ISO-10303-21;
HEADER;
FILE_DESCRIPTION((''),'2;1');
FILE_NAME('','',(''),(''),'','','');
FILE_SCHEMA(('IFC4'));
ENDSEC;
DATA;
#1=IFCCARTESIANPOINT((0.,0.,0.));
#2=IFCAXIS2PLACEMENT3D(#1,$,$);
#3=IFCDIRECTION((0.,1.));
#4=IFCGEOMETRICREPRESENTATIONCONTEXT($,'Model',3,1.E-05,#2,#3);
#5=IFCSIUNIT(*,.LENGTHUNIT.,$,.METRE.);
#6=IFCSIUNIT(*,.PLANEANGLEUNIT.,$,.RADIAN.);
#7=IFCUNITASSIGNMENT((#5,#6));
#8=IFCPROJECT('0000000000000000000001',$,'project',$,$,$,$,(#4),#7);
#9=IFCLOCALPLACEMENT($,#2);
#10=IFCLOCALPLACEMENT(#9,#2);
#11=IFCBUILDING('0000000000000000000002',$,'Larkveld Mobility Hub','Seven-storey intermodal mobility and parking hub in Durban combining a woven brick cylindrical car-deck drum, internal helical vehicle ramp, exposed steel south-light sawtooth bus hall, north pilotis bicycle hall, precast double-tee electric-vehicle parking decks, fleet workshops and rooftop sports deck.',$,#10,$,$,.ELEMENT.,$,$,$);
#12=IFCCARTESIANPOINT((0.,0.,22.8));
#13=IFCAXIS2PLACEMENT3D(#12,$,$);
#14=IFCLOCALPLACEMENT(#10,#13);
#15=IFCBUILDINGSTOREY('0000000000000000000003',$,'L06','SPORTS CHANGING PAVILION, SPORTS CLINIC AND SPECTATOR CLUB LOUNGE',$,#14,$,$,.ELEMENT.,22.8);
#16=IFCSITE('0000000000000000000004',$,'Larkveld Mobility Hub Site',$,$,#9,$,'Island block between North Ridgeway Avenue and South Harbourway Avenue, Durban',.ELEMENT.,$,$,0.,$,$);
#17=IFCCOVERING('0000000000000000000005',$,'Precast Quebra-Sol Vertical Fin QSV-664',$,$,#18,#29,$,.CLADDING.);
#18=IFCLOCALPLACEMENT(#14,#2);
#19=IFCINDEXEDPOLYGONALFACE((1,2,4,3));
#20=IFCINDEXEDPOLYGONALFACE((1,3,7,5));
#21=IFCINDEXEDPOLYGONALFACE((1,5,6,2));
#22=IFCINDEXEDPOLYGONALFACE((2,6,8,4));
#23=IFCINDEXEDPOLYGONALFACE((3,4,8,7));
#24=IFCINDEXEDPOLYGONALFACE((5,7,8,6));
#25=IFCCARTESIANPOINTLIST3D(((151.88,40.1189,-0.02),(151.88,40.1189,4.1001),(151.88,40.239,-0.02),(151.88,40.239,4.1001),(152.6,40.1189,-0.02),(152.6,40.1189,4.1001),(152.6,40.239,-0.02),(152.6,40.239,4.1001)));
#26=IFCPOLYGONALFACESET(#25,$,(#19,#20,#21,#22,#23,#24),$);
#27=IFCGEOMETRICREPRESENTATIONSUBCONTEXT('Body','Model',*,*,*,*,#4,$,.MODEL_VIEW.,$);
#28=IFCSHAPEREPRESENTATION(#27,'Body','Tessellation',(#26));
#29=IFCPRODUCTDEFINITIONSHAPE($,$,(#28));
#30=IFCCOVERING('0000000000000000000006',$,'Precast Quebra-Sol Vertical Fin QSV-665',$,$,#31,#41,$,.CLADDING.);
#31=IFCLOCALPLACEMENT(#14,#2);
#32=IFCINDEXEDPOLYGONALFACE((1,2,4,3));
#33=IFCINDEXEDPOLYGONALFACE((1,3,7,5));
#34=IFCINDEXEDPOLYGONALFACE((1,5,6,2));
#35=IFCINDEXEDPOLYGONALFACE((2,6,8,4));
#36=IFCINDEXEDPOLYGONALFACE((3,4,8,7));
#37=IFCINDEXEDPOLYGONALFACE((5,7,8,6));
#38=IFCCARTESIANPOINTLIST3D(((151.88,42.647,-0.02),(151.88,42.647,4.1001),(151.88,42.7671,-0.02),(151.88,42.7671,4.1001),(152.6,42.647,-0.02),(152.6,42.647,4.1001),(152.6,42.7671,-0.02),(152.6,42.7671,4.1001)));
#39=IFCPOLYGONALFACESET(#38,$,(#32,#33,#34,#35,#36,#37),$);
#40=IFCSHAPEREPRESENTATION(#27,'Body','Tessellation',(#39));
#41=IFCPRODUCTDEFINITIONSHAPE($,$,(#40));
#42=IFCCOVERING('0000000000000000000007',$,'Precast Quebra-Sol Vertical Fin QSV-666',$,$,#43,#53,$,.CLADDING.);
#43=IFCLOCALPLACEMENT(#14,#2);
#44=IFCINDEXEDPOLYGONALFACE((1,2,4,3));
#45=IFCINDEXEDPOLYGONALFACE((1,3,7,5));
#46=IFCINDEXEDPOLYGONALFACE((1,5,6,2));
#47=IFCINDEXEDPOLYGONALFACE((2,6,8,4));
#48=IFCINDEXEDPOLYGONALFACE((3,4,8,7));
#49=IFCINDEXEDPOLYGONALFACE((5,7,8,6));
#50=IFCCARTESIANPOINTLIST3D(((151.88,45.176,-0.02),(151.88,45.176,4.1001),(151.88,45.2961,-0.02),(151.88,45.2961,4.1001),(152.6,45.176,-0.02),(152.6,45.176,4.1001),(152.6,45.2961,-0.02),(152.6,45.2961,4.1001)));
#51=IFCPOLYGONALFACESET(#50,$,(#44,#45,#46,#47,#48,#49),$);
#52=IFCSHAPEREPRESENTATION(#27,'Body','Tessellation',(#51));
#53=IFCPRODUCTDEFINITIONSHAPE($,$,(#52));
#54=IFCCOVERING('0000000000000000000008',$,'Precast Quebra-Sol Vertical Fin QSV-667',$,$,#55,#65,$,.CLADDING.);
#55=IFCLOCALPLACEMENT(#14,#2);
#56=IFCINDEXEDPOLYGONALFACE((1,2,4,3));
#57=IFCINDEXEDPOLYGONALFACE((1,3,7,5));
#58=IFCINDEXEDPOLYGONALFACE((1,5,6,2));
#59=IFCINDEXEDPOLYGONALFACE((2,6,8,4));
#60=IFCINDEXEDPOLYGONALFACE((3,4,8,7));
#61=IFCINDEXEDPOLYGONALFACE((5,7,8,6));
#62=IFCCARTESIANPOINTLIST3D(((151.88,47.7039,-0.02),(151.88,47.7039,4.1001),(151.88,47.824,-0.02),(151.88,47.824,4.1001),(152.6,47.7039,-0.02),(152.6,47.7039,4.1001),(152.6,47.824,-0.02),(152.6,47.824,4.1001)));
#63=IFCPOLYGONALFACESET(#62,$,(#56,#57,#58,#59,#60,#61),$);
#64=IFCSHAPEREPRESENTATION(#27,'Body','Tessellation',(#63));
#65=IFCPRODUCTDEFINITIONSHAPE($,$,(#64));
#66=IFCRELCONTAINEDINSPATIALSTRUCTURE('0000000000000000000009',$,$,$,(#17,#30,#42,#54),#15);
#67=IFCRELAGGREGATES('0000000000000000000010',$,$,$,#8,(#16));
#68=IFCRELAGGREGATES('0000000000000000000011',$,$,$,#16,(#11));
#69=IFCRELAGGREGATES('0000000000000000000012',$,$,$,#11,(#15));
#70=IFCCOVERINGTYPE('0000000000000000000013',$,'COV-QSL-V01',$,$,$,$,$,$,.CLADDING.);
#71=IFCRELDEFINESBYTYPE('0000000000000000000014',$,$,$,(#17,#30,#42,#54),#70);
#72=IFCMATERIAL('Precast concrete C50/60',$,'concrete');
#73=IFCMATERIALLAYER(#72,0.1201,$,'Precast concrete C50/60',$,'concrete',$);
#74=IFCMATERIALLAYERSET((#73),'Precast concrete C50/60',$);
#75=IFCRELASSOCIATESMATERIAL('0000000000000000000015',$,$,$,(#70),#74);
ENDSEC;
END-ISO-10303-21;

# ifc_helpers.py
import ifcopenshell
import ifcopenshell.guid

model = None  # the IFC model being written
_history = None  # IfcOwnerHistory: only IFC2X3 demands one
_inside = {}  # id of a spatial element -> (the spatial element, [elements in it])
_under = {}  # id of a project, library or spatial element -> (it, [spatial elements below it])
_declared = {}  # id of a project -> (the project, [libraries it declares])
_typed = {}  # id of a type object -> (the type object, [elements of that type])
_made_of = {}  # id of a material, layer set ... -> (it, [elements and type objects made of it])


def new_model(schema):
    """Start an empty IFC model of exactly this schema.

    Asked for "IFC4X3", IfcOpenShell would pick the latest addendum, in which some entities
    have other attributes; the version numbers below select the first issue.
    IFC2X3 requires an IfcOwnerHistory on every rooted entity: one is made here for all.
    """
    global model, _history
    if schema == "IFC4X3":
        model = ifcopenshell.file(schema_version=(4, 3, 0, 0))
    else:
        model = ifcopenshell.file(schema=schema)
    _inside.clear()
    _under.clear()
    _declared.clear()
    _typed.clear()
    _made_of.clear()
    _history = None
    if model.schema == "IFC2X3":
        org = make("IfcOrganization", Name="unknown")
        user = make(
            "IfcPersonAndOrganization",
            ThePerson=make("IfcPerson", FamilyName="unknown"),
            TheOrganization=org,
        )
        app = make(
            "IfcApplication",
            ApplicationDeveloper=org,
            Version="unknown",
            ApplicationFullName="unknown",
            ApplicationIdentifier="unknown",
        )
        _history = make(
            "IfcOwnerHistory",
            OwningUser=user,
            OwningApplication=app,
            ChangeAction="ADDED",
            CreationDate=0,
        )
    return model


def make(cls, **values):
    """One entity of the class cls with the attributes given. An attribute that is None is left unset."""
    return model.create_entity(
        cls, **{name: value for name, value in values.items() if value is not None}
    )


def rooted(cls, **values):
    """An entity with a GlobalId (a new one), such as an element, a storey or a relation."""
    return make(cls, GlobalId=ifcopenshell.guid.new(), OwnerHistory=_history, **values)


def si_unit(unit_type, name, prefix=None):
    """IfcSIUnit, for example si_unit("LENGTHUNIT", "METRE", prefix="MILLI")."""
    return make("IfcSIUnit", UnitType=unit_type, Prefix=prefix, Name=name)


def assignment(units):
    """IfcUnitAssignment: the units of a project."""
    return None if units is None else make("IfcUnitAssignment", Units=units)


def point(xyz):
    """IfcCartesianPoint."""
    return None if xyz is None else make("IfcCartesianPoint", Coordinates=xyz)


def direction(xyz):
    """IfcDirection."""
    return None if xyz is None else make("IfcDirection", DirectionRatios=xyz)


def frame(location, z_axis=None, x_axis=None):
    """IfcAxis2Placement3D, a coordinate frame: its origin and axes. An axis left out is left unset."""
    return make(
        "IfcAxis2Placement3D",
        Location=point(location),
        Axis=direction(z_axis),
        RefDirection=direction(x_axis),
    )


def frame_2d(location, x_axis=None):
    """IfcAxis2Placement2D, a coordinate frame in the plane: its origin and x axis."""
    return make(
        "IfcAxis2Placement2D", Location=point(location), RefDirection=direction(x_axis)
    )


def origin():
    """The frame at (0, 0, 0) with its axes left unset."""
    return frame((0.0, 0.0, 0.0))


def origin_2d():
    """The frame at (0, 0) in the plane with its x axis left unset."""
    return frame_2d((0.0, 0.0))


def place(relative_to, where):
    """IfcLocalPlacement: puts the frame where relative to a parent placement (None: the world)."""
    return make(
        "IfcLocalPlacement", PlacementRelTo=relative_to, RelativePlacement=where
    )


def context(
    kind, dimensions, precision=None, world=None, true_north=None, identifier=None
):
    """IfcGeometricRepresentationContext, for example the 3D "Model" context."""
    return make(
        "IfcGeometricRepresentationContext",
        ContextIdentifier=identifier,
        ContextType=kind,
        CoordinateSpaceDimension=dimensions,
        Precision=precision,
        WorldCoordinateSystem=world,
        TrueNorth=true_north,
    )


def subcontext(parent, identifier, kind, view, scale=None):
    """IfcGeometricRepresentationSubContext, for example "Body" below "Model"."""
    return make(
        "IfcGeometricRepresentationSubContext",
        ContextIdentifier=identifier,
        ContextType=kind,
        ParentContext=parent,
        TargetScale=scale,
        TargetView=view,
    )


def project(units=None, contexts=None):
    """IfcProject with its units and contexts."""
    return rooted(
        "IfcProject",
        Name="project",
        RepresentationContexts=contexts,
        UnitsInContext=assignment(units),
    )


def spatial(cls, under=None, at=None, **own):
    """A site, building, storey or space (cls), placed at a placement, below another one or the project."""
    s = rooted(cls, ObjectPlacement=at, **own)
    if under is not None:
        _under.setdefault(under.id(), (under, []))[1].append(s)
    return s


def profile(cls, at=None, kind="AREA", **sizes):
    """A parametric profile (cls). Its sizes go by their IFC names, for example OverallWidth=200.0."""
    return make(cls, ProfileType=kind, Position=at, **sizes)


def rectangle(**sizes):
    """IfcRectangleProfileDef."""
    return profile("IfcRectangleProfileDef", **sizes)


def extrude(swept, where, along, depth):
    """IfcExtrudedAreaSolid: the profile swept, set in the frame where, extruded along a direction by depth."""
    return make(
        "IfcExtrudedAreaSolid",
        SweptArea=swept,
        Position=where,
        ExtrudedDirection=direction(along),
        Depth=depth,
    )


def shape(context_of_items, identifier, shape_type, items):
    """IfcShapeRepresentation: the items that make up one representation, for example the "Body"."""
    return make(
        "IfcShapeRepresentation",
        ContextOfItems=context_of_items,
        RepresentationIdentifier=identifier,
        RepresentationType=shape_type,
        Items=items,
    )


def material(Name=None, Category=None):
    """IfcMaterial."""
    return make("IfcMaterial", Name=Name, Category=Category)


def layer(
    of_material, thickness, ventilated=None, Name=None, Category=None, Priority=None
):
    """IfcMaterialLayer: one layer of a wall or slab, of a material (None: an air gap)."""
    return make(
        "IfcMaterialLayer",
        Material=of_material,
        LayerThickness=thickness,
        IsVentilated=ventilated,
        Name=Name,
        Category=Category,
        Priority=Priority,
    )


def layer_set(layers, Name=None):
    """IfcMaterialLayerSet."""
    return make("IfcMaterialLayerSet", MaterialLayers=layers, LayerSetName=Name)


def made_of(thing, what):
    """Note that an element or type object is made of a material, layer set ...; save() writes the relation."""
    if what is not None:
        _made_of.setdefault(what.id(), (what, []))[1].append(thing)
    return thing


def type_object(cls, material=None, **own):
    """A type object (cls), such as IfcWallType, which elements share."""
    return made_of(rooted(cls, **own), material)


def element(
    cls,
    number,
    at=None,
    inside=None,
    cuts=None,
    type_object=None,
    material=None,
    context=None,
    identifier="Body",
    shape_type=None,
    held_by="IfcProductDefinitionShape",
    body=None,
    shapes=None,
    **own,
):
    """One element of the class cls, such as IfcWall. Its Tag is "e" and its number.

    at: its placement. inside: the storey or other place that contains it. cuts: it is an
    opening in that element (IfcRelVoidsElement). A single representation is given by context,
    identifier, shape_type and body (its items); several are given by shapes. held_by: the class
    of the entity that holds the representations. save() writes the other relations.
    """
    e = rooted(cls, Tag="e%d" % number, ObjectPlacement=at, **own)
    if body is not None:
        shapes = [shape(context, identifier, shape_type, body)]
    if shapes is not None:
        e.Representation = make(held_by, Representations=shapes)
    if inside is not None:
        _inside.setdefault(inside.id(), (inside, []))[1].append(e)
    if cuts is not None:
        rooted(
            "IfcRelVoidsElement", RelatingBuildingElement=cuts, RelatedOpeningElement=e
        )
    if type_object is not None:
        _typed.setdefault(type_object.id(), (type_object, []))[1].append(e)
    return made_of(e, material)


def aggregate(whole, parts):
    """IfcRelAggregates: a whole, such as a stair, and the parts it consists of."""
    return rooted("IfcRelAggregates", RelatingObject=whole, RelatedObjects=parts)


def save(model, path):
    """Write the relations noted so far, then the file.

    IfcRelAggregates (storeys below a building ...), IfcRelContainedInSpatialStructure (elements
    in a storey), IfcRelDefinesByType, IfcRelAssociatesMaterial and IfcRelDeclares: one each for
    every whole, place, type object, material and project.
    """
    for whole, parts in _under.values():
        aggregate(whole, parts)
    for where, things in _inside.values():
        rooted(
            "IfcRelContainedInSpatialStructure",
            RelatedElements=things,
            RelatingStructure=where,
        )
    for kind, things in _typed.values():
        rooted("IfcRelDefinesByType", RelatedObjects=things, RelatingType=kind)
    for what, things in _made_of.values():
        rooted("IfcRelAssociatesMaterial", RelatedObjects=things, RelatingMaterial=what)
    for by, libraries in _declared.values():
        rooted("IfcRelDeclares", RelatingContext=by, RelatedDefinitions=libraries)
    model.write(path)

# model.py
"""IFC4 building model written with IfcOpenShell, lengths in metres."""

from ifc_helpers import new_model, si_unit, direction, frame, origin, origin_2d, place, context, subcontext, project, spatial, rectangle, extrude, material, layer, layer_set, type_object, element, save


model = new_model("IFC4")

# Units and contexts
model_context = context("Model", 3, precision=1e-05, world=origin(), true_north=direction((0.0, 1.0)))
body_context = subcontext(model_context, "Body", "Model", "MODEL_VIEW")
ifc_project = project(units=[si_unit("LENGTHUNIT", "METRE"), si_unit("PLANEANGLEUNIT", "RADIAN")], contexts=[model_context])

# Site, building, storey
site_placement = place(None, origin())
site = spatial("IfcSite", under=ifc_project, at=site_placement, Name="Larkveld Mobility Hub Site", LongName="Island block between North Ridgeway Avenue and South Harbourway Avenue, Durban", CompositionType="ELEMENT", RefElevation=0.0)
building_placement = place(site_placement, origin())
building = spatial("IfcBuilding", under=site, at=building_placement, Name="Larkveld Mobility Hub", Description="Seven-storey intermodal mobility and parking hub in Durban combining a woven brick cylindrical car-deck drum, internal helical vehicle ramp, exposed steel south-light sawtooth bus hall, north pilotis bicycle hall, precast double-tee electric-vehicle parking decks, fleet workshops and rooftop sports deck.", CompositionType="ELEMENT")
storey_placement = place(building_placement, frame((0.0, 0.0, 22.8)))
storey = spatial("IfcBuildingStorey", under=building, at=storey_placement, Name="L06", Description="SPORTS CHANGING PAVILION, SPORTS CLINIC AND SPECTATOR CLUB LOUNGE", CompositionType="ELEMENT", Elevation=22.8)

# Coverings
ifc_material_1 = material(Name="Precast concrete C50/60", Category="concrete")
ifc_layer_1 = layer(ifc_material_1, 0.1201, Name="Precast concrete C50/60", Category="concrete")
ifc_layer_set_1 = layer_set([ifc_layer_1], Name="Precast concrete C50/60")
covering_type = type_object("IfcCoveringType", Name="COV-QSL-V01", PredefinedType="CLADDING", material=ifc_layer_set_1)
for number, where, z_axis, x_axis, name in (
    (1, (152.24, 40.179, -0.02), (0.0, 0.0, 1.0), (0.0, 1.0, 0.0), "Precast Quebra-Sol Vertical Fin QSV-664"),
    (2, (152.24, 42.707, -0.02), (0.0, 0.0, 1.0), (0.0, 1.0, 0.0), "Precast Quebra-Sol Vertical Fin QSV-665"),
    (3, (152.24, 45.2361, -0.02), (0.0, 0.0, 1.0), (0.0, 1.0, 0.0), "Precast Quebra-Sol Vertical Fin QSV-666"),
    (4, (152.24, 47.7639, -0.02), (0.0, 0.0, 1.0), (0.0, 1.0, 0.0), "Precast Quebra-Sol Vertical Fin QSV-667"),
):
    element("IfcCovering", number, at=place(storey_placement, frame(where, z_axis=z_axis, x_axis=x_axis)), inside=storey, type_object=covering_type, Name=name, PredefinedType="CLADDING", context=body_context, shape_type="SweptSolid", body=[
        extrude(rectangle(XDim=0.1201, YDim=0.72, at=origin_2d()), origin(), (0.0, 0.0, 1.0), 4.1201),
    ])

save(model, "model.ifc")
